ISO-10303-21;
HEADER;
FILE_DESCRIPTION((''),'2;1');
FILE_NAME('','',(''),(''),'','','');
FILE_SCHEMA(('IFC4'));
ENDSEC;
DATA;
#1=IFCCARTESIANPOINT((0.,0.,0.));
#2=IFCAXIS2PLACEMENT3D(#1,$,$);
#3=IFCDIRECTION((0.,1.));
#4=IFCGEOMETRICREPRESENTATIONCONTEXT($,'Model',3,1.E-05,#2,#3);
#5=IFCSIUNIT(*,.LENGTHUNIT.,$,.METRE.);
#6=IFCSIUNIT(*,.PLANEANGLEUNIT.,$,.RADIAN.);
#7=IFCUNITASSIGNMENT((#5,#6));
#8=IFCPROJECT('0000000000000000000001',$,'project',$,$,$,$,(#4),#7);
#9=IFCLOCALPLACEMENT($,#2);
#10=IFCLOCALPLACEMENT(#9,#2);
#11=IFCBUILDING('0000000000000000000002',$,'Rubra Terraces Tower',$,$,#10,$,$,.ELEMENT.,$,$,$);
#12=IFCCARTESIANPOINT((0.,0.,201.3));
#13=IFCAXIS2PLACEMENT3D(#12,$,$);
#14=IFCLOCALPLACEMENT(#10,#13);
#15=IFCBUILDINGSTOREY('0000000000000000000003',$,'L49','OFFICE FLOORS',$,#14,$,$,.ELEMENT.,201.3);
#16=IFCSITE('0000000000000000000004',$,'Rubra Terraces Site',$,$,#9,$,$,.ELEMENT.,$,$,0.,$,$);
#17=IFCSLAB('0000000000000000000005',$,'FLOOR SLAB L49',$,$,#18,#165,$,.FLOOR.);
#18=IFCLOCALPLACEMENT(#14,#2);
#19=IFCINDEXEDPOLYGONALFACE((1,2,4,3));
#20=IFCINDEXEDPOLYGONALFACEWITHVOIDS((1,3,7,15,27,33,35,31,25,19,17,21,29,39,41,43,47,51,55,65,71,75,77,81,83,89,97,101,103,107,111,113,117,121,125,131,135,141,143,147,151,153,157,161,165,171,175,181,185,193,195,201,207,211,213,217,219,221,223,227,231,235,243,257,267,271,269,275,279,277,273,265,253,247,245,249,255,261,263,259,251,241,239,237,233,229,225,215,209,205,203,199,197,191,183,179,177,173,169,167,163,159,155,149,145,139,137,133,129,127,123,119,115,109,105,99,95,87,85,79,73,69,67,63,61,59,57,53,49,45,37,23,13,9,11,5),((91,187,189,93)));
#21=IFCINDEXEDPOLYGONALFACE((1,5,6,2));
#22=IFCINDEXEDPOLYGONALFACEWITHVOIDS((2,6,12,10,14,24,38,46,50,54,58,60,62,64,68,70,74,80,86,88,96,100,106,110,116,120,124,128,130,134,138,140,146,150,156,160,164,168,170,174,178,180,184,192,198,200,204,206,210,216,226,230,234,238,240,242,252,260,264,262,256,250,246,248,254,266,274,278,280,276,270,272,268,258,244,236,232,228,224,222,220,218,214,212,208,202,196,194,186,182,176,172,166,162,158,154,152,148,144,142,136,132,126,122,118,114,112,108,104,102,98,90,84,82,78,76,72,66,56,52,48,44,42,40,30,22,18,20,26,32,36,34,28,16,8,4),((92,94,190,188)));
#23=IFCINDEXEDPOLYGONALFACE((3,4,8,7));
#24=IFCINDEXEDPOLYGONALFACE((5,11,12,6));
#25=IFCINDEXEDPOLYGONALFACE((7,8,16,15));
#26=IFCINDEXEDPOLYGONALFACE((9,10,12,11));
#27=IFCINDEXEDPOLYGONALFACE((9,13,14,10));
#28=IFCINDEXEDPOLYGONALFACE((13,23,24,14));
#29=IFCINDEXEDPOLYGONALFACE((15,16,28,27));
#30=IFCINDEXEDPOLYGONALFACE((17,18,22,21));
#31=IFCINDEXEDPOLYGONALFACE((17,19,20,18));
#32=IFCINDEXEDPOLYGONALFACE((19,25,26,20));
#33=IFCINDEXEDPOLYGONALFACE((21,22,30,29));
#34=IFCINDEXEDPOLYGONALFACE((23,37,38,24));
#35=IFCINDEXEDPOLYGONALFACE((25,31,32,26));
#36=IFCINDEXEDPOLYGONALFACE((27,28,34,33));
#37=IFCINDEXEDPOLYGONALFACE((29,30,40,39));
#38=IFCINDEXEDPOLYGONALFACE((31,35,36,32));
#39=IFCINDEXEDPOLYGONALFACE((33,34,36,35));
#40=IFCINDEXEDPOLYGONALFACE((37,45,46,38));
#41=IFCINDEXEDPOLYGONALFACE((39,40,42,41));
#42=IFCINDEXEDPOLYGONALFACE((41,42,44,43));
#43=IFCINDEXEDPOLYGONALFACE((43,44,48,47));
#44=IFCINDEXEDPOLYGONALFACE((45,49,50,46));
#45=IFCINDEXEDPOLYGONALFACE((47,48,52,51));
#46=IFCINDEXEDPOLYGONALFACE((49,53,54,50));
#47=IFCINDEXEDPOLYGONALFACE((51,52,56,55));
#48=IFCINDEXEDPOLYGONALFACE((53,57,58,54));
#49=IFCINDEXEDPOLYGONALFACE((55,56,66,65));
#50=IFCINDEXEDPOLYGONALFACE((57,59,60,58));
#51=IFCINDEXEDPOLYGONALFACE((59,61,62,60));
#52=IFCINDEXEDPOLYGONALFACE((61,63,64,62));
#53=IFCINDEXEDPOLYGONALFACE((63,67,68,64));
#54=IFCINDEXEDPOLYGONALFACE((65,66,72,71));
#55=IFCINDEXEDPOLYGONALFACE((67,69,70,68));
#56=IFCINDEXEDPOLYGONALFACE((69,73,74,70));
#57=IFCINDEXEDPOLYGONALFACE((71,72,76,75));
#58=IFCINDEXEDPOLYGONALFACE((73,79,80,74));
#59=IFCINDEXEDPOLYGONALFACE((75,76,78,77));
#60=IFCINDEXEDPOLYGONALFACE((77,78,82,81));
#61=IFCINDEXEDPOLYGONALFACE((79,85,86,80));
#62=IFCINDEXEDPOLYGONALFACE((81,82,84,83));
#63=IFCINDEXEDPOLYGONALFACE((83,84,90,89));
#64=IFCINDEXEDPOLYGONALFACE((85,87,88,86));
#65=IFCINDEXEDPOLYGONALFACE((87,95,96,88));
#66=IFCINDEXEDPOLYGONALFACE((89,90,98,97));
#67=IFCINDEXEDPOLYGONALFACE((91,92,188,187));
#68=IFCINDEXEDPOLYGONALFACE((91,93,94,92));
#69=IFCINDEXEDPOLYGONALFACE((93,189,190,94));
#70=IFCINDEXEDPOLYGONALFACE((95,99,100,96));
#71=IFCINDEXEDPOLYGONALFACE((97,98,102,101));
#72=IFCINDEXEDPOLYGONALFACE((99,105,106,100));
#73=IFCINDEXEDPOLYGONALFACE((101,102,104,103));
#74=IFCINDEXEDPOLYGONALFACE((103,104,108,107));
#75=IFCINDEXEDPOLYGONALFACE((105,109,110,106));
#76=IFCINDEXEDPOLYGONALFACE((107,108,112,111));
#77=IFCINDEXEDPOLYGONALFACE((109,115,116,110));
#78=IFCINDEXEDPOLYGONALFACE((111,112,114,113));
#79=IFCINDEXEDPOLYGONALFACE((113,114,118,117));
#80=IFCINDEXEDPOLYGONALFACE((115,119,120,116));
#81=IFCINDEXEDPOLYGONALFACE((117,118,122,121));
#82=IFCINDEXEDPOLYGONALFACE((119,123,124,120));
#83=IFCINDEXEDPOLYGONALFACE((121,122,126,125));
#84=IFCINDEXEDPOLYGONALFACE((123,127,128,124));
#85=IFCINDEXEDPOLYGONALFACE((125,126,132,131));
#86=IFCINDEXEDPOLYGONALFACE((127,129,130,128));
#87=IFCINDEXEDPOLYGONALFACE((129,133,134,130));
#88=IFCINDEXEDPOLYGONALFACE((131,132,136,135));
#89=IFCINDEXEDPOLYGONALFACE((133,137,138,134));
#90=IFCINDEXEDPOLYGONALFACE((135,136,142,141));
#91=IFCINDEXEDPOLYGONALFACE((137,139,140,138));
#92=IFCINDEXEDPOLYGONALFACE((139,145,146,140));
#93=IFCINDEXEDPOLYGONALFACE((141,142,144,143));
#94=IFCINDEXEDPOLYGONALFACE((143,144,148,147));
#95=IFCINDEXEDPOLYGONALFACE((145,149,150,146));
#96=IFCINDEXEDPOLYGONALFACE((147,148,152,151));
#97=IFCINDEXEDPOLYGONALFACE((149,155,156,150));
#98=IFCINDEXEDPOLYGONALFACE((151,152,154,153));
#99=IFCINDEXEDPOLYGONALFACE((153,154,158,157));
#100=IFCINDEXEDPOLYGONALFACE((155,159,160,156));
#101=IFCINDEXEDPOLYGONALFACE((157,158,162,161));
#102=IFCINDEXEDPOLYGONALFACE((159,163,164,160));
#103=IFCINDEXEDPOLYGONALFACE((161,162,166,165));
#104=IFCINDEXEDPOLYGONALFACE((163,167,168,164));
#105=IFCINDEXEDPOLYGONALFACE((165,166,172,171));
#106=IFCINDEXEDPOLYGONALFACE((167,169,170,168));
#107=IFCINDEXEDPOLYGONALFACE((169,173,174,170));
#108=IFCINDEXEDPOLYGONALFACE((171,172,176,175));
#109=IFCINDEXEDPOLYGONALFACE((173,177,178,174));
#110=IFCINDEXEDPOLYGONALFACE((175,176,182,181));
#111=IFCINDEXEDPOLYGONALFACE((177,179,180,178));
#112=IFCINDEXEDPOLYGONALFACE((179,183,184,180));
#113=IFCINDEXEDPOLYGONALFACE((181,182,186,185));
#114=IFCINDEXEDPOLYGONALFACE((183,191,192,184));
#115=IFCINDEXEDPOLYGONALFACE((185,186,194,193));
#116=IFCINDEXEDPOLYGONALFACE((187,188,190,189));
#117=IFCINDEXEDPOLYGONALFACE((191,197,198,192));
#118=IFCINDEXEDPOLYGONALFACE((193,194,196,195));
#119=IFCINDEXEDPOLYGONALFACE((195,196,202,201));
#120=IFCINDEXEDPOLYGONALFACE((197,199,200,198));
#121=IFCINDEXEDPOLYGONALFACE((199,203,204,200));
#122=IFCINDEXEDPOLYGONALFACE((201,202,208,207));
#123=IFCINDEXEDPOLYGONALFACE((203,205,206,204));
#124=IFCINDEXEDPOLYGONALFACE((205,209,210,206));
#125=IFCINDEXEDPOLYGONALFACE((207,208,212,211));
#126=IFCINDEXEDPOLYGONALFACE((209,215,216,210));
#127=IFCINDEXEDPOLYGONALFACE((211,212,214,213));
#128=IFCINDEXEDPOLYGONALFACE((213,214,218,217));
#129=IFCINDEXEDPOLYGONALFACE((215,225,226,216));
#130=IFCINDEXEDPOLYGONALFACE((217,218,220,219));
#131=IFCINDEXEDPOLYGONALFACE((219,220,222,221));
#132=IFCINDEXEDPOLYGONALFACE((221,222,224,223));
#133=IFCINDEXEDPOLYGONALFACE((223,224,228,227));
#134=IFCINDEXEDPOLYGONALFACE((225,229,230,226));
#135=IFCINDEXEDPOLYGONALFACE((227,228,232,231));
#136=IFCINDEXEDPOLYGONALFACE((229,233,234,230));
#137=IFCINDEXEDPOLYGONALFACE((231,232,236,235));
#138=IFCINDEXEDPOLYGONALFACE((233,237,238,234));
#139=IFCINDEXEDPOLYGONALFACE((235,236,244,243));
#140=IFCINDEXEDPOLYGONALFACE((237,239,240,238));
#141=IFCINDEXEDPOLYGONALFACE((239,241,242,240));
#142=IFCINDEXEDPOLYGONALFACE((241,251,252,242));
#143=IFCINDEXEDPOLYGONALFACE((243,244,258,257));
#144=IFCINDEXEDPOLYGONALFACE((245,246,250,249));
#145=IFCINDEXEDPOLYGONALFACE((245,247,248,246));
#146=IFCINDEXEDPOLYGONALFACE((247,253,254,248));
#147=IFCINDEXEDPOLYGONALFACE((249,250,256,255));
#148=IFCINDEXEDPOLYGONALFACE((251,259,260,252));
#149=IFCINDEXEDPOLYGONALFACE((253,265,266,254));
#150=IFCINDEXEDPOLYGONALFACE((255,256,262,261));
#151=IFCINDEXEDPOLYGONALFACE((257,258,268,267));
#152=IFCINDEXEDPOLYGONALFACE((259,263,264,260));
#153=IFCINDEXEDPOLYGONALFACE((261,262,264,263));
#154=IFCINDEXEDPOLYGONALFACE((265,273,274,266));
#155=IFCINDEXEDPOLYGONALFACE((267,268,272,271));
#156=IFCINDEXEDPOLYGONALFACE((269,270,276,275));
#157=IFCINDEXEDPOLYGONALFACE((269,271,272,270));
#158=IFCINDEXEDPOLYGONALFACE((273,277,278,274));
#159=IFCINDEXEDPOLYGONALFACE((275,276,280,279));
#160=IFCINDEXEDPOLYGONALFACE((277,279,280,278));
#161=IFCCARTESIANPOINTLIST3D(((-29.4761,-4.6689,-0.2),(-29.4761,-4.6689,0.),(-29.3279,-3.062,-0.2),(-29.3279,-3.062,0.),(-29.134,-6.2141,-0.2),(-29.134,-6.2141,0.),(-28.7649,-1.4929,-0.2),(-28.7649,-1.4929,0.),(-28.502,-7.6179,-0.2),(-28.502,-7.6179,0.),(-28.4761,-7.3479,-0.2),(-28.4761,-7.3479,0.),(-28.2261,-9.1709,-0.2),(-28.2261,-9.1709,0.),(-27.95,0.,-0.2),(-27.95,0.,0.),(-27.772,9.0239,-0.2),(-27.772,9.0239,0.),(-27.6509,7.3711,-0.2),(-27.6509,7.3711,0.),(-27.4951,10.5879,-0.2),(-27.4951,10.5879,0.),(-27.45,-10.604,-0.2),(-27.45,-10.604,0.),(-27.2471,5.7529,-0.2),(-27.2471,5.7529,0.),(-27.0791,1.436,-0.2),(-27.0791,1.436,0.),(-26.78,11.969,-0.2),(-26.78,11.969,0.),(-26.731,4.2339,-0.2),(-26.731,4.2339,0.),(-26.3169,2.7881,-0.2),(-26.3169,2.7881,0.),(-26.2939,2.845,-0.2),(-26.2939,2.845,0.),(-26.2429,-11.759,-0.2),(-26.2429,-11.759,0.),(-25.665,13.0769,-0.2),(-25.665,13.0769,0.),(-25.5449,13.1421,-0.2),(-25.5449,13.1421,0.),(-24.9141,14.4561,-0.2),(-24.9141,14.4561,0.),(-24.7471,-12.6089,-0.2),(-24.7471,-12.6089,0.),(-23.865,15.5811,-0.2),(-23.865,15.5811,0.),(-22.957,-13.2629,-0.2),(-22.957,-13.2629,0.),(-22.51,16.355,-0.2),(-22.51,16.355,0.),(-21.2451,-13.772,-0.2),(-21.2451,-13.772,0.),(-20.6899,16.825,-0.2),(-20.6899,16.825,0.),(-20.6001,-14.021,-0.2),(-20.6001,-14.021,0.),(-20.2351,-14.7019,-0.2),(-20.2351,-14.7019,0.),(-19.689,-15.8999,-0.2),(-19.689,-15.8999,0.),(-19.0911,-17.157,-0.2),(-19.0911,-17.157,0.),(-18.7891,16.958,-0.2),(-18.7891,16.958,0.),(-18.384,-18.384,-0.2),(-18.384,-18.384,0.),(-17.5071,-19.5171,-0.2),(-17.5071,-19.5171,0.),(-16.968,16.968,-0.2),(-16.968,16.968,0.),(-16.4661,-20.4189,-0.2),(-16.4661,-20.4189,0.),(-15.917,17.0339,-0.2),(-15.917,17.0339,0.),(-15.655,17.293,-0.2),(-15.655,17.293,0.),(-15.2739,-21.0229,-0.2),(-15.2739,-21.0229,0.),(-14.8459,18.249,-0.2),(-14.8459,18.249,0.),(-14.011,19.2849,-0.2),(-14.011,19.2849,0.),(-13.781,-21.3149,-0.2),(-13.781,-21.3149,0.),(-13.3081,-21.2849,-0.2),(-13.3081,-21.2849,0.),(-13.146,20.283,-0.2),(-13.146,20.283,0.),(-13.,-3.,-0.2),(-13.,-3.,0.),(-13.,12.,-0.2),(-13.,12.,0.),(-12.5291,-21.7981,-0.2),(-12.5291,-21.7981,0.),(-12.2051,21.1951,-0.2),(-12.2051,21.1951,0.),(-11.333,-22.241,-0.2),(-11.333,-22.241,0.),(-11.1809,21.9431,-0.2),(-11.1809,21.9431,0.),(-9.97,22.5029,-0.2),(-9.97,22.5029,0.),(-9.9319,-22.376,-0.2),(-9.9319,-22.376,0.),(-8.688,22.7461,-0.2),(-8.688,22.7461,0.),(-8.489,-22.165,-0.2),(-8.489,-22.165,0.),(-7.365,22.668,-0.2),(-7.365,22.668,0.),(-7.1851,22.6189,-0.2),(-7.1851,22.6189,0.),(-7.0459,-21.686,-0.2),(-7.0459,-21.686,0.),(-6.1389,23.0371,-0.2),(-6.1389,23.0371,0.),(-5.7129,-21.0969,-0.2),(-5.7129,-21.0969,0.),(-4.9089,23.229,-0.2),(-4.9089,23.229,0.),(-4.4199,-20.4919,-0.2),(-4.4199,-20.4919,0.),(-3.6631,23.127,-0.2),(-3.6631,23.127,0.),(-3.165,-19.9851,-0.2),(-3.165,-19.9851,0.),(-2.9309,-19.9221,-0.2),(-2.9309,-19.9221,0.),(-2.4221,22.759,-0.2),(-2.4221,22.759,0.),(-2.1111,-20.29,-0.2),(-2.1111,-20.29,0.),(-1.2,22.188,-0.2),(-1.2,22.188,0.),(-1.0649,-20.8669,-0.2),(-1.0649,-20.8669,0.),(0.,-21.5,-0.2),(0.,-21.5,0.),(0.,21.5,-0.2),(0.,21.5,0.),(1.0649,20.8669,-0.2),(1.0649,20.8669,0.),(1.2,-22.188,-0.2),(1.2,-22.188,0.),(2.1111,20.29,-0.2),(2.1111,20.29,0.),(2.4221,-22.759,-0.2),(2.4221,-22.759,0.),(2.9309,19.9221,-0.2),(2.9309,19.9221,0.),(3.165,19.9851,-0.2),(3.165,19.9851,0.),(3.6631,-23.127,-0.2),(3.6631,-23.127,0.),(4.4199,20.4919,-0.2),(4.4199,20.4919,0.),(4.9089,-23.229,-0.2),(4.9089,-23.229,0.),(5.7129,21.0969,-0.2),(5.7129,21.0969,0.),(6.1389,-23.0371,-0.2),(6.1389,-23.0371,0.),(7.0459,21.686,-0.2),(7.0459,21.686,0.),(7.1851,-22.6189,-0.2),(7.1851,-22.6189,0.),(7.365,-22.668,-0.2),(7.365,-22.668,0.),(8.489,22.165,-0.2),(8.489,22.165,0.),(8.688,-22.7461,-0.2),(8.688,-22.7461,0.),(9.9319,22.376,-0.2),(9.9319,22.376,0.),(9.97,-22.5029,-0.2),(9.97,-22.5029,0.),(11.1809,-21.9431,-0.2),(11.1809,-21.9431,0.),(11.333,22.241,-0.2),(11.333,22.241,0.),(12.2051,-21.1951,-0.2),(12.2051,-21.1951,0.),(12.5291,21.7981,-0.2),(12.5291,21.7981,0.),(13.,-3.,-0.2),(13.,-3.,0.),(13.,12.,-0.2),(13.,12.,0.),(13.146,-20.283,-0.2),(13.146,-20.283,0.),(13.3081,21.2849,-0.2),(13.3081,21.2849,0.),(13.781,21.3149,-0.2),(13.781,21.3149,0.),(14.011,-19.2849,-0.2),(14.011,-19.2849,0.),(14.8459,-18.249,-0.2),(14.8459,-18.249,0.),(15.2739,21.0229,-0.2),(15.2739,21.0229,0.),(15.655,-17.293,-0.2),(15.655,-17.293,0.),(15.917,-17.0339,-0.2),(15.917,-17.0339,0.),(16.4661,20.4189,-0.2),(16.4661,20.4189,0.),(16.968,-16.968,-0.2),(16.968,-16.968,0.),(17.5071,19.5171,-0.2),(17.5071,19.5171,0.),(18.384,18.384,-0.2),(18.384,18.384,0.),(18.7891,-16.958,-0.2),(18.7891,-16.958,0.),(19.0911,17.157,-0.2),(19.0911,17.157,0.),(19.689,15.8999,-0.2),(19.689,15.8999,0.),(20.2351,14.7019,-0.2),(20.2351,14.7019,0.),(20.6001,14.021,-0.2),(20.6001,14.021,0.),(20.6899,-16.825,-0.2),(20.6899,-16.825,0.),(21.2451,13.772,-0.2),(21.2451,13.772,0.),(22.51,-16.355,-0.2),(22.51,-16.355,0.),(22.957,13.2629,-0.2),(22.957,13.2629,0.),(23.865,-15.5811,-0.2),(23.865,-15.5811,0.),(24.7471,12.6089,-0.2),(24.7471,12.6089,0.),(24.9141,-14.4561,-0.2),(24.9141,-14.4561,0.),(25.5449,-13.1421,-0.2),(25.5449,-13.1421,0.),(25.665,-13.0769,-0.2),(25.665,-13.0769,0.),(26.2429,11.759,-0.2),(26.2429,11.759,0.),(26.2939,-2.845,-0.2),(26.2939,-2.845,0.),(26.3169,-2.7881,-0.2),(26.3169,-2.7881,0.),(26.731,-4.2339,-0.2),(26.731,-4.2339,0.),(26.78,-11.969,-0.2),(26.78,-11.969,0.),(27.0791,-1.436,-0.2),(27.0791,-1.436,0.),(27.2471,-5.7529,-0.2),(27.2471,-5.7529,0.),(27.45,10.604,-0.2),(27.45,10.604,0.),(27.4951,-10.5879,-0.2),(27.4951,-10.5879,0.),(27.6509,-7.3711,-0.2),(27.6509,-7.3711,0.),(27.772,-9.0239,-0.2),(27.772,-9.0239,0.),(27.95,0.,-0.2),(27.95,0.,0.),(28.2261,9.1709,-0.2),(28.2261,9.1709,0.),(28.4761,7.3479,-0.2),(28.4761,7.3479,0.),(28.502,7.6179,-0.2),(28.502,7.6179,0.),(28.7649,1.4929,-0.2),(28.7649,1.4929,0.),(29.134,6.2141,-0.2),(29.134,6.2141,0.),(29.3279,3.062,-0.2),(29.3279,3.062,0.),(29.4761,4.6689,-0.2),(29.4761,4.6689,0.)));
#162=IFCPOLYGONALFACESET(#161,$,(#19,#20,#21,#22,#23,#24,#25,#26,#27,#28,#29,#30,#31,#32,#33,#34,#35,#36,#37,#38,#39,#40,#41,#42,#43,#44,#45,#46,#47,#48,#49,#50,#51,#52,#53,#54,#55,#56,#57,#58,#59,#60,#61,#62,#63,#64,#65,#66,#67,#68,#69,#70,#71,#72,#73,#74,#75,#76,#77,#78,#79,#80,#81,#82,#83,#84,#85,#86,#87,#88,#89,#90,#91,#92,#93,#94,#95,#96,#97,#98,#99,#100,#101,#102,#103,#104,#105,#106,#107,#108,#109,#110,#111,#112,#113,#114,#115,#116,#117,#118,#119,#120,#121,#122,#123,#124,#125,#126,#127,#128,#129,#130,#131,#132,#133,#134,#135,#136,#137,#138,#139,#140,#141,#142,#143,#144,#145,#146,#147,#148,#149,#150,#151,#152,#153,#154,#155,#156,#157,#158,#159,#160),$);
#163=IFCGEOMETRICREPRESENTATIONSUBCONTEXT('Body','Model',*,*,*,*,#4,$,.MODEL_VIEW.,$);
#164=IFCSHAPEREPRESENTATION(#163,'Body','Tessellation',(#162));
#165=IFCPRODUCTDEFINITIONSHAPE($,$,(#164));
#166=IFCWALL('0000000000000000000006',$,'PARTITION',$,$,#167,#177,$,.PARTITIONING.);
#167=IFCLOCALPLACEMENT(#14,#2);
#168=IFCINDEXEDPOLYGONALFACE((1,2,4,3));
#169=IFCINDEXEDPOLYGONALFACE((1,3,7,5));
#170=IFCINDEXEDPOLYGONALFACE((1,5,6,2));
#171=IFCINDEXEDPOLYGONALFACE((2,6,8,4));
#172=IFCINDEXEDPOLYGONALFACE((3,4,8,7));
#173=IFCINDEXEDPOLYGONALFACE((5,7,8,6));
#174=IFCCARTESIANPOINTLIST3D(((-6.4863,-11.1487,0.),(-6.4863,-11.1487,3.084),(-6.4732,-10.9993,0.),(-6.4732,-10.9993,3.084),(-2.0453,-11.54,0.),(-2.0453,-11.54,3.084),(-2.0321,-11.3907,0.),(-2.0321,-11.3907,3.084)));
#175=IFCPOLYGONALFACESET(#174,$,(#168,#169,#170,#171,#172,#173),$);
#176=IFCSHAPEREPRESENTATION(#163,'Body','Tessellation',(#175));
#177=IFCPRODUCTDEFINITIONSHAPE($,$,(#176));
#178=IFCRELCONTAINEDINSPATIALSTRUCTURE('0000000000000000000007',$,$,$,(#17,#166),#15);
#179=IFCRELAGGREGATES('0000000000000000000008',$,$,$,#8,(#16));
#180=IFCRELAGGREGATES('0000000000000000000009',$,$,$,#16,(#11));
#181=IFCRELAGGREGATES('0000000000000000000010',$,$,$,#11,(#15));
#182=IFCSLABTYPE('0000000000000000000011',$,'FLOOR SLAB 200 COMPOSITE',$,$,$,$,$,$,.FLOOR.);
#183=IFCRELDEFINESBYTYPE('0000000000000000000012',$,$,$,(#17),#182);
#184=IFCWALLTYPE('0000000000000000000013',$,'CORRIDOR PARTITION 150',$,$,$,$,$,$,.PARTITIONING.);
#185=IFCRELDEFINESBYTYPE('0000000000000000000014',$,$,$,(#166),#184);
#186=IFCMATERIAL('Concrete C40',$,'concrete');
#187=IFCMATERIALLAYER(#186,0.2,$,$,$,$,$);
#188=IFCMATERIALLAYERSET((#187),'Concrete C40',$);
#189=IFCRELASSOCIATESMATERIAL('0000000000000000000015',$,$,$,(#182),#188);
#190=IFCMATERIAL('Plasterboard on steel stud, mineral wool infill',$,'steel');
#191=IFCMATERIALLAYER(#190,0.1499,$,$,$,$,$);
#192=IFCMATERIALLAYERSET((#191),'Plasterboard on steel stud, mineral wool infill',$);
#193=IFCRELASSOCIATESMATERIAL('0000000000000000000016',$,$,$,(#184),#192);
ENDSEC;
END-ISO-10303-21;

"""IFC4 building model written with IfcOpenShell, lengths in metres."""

from ifc_helpers import new_model, si_unit, direction, frame, frame_2d, origin, place, context, subcontext, project, spatial, polyline, rectangle, outline, extrude, material, layer, layer_set, type_object, element, save


model = new_model("IFC4")

# Units and contexts
model_context = context("Model", 3, precision=1e-05, world=origin(), true_north=direction((0.0, 1.0)))
body_context = subcontext(model_context, "Body", "Model", "MODEL_VIEW")
ifc_project = project(units=[si_unit("LENGTHUNIT", "METRE"), si_unit("PLANEANGLEUNIT", "RADIAN")], contexts=[model_context])

# Site, building, storey
site_placement = place(None, origin())
site = spatial("IfcSite", under=ifc_project, at=site_placement, Name="Rubra Terraces Site", CompositionType="ELEMENT", RefElevation=0.0)
building_placement = place(site_placement, origin())
building = spatial("IfcBuilding", under=site, at=building_placement, Name="Rubra Terraces Tower", CompositionType="ELEMENT")
storey_placement = place(building_placement, frame((0.0, 0.0, 201.3)))
storey = spatial("IfcBuildingStorey", under=building, at=storey_placement, Name="L49", Description="OFFICE FLOORS", CompositionType="ELEMENT", Elevation=201.3)

# Slab
ifc_material_1 = material(Name="Concrete C40", Category="concrete")
ifc_layer_1 = layer(ifc_material_1, 0.2)
ifc_layer_set_1 = layer_set([ifc_layer_1], Name="Concrete C40")
slab_type_1 = type_object("IfcSlabType", Name="FLOOR SLAB 200 COMPOSITE", PredefinedType="FLOOR", material=ifc_layer_set_1)
slab_1_placement = place(storey_placement, frame((0.0, 0.0, -0.2)))
element("IfcSlab", 1, at=slab_1_placement, inside=storey, type_object=slab_type_1, Name="FLOOR SLAB L49", PredefinedType="FLOOR", context=body_context, shape_type="SweptSolid", body=[
    extrude(outline(polyline([(-7.0459, -21.686), (-5.7129, -21.0969), (-4.4199, -20.4919), (-3.165, -19.9851), (-2.9309, -19.9221), (-2.1111, -20.29), (-1.0649, -20.8669), (0.0, -21.5), (1.2, -22.188), (2.4221, -22.759), (3.6631, -23.127), (4.9089, -23.229), (6.1389, -23.0371), (7.1851, -22.6189), (7.365, -22.668), (8.688, -22.7461), (9.97, -22.5029), (11.1809, -21.9431), (12.2051, -21.1951), (13.146, -20.283), (14.011, -19.2849), (14.8459, -18.249), (15.655, -17.293), (15.917, -17.0339), (16.968, -16.968), (18.7891, -16.958), (20.6899, -16.825), (22.51, -16.355), (23.865, -15.5811), (24.9141, -14.4561), (25.5449, -13.1421), (25.665, -13.0769), (26.78, -11.969), (27.4951, -10.5879), (27.772, -9.0239), (27.6509, -7.3711), (27.2471, -5.7529), (26.731, -4.2339), (26.2939, -2.845), (26.3169, -2.7881), (27.0791, -1.436), (27.95, 0.0), (28.7649, 1.4929), (29.3279, 3.062), (29.4761, 4.6689), (29.134, 6.2141), (28.4761, 7.3479), (28.502, 7.6179), (28.2261, 9.1709), (27.45, 10.604), (26.2429, 11.759), (24.7471, 12.6089), (22.957, 13.2629), (21.2451, 13.772), (20.6001, 14.021), (20.2351, 14.7019), (19.689, 15.8999), (19.0911, 17.157), (18.384, 18.384), (17.5071, 19.5171), (16.4661, 20.4189), (15.2739, 21.0229), (13.781, 21.3149), (13.3081, 21.2849), (12.5291, 21.7981), (11.333, 22.241), (9.9319, 22.376), (8.489, 22.165), (7.0459, 21.686), (5.7129, 21.0969), (4.4199, 20.4919), (3.165, 19.9851), (2.9309, 19.9221), (2.1111, 20.29), (1.0649, 20.8669), (0.0, 21.5), (-1.2, 22.188), (-2.4221, 22.759), (-3.6631, 23.127), (-4.9089, 23.229), (-6.1389, 23.0371), (-7.1851, 22.6189), (-7.365, 22.668), (-8.688, 22.7461), (-9.97, 22.5029), (-11.1809, 21.9431), (-12.2051, 21.1951), (-13.146, 20.283), (-14.011, 19.2849), (-14.8459, 18.249), (-15.655, 17.293), (-15.917, 17.0339), (-16.968, 16.968), (-18.7891, 16.958), (-20.6899, 16.825), (-22.51, 16.355), (-23.865, 15.5811), (-24.9141, 14.4561), (-25.5449, 13.1421), (-25.665, 13.0769), (-26.78, 11.969), (-27.4951, 10.5879), (-27.772, 9.0239), (-27.6509, 7.3711), (-27.2471, 5.7529), (-26.731, 4.2339), (-26.2939, 2.845), (-26.3169, 2.7881), (-27.0791, 1.436), (-27.95, 0.0), (-28.7649, -1.4929), (-29.3279, -3.062), (-29.4761, -4.6689), (-29.134, -6.2141), (-28.4761, -7.3479), (-28.502, -7.6179), (-28.2261, -9.1709), (-27.45, -10.604), (-26.2429, -11.759), (-24.7471, -12.6089), (-22.957, -13.2629), (-21.2451, -13.772), (-20.6001, -14.021), (-20.2351, -14.7019), (-19.689, -15.8999), (-19.0911, -17.157), (-18.384, -18.384), (-17.5071, -19.5171), (-16.4661, -20.4189), (-15.2739, -21.0229), (-13.781, -21.3149), (-13.3081, -21.2849), (-12.5291, -21.7981), (-11.333, -22.241), (-9.9319, -22.376), (-8.489, -22.165), (-7.0459, -21.686)]), holes=[polyline([(13.0, 12.0), (13.0, -3.0), (-13.0, -3.0), (-13.0, 12.0), (13.0, 12.0)])]), origin(), (0.0, 0.0, 1.0), 0.2),
])

# Shared definitions
ifc_material_2 = material(Name="Plasterboard on steel stud, mineral wool infill", Category="steel")
ifc_layer_2 = layer(ifc_material_2, 0.1499)
ifc_layer_set_2 = layer_set([ifc_layer_2], Name="Plasterboard on steel stud, mineral wool infill")
wall_type_1 = type_object("IfcWallType", Name="CORRIDOR PARTITION 150", PredefinedType="PARTITIONING", material=ifc_layer_set_2)

# Wall
wall_1_placement = place(storey_placement, frame((-2.0388, -11.4653, 0.0), z_axis=(0.0, 0.0, 1.0), x_axis=(-0.99614, 0.08778, 0.0)))
element("IfcWall", 2, at=wall_1_placement, inside=storey, type_object=wall_type_1, Name="PARTITION", PredefinedType="PARTITIONING", context=body_context, shape_type="SweptSolid", body=[
    extrude(rectangle(XDim=4.4583, YDim=0.1499, at=frame_2d((2.229, 0.0))), origin(), (0.0, 0.0, 1.0), 3.084),
])

save(model, "model.ifc")
